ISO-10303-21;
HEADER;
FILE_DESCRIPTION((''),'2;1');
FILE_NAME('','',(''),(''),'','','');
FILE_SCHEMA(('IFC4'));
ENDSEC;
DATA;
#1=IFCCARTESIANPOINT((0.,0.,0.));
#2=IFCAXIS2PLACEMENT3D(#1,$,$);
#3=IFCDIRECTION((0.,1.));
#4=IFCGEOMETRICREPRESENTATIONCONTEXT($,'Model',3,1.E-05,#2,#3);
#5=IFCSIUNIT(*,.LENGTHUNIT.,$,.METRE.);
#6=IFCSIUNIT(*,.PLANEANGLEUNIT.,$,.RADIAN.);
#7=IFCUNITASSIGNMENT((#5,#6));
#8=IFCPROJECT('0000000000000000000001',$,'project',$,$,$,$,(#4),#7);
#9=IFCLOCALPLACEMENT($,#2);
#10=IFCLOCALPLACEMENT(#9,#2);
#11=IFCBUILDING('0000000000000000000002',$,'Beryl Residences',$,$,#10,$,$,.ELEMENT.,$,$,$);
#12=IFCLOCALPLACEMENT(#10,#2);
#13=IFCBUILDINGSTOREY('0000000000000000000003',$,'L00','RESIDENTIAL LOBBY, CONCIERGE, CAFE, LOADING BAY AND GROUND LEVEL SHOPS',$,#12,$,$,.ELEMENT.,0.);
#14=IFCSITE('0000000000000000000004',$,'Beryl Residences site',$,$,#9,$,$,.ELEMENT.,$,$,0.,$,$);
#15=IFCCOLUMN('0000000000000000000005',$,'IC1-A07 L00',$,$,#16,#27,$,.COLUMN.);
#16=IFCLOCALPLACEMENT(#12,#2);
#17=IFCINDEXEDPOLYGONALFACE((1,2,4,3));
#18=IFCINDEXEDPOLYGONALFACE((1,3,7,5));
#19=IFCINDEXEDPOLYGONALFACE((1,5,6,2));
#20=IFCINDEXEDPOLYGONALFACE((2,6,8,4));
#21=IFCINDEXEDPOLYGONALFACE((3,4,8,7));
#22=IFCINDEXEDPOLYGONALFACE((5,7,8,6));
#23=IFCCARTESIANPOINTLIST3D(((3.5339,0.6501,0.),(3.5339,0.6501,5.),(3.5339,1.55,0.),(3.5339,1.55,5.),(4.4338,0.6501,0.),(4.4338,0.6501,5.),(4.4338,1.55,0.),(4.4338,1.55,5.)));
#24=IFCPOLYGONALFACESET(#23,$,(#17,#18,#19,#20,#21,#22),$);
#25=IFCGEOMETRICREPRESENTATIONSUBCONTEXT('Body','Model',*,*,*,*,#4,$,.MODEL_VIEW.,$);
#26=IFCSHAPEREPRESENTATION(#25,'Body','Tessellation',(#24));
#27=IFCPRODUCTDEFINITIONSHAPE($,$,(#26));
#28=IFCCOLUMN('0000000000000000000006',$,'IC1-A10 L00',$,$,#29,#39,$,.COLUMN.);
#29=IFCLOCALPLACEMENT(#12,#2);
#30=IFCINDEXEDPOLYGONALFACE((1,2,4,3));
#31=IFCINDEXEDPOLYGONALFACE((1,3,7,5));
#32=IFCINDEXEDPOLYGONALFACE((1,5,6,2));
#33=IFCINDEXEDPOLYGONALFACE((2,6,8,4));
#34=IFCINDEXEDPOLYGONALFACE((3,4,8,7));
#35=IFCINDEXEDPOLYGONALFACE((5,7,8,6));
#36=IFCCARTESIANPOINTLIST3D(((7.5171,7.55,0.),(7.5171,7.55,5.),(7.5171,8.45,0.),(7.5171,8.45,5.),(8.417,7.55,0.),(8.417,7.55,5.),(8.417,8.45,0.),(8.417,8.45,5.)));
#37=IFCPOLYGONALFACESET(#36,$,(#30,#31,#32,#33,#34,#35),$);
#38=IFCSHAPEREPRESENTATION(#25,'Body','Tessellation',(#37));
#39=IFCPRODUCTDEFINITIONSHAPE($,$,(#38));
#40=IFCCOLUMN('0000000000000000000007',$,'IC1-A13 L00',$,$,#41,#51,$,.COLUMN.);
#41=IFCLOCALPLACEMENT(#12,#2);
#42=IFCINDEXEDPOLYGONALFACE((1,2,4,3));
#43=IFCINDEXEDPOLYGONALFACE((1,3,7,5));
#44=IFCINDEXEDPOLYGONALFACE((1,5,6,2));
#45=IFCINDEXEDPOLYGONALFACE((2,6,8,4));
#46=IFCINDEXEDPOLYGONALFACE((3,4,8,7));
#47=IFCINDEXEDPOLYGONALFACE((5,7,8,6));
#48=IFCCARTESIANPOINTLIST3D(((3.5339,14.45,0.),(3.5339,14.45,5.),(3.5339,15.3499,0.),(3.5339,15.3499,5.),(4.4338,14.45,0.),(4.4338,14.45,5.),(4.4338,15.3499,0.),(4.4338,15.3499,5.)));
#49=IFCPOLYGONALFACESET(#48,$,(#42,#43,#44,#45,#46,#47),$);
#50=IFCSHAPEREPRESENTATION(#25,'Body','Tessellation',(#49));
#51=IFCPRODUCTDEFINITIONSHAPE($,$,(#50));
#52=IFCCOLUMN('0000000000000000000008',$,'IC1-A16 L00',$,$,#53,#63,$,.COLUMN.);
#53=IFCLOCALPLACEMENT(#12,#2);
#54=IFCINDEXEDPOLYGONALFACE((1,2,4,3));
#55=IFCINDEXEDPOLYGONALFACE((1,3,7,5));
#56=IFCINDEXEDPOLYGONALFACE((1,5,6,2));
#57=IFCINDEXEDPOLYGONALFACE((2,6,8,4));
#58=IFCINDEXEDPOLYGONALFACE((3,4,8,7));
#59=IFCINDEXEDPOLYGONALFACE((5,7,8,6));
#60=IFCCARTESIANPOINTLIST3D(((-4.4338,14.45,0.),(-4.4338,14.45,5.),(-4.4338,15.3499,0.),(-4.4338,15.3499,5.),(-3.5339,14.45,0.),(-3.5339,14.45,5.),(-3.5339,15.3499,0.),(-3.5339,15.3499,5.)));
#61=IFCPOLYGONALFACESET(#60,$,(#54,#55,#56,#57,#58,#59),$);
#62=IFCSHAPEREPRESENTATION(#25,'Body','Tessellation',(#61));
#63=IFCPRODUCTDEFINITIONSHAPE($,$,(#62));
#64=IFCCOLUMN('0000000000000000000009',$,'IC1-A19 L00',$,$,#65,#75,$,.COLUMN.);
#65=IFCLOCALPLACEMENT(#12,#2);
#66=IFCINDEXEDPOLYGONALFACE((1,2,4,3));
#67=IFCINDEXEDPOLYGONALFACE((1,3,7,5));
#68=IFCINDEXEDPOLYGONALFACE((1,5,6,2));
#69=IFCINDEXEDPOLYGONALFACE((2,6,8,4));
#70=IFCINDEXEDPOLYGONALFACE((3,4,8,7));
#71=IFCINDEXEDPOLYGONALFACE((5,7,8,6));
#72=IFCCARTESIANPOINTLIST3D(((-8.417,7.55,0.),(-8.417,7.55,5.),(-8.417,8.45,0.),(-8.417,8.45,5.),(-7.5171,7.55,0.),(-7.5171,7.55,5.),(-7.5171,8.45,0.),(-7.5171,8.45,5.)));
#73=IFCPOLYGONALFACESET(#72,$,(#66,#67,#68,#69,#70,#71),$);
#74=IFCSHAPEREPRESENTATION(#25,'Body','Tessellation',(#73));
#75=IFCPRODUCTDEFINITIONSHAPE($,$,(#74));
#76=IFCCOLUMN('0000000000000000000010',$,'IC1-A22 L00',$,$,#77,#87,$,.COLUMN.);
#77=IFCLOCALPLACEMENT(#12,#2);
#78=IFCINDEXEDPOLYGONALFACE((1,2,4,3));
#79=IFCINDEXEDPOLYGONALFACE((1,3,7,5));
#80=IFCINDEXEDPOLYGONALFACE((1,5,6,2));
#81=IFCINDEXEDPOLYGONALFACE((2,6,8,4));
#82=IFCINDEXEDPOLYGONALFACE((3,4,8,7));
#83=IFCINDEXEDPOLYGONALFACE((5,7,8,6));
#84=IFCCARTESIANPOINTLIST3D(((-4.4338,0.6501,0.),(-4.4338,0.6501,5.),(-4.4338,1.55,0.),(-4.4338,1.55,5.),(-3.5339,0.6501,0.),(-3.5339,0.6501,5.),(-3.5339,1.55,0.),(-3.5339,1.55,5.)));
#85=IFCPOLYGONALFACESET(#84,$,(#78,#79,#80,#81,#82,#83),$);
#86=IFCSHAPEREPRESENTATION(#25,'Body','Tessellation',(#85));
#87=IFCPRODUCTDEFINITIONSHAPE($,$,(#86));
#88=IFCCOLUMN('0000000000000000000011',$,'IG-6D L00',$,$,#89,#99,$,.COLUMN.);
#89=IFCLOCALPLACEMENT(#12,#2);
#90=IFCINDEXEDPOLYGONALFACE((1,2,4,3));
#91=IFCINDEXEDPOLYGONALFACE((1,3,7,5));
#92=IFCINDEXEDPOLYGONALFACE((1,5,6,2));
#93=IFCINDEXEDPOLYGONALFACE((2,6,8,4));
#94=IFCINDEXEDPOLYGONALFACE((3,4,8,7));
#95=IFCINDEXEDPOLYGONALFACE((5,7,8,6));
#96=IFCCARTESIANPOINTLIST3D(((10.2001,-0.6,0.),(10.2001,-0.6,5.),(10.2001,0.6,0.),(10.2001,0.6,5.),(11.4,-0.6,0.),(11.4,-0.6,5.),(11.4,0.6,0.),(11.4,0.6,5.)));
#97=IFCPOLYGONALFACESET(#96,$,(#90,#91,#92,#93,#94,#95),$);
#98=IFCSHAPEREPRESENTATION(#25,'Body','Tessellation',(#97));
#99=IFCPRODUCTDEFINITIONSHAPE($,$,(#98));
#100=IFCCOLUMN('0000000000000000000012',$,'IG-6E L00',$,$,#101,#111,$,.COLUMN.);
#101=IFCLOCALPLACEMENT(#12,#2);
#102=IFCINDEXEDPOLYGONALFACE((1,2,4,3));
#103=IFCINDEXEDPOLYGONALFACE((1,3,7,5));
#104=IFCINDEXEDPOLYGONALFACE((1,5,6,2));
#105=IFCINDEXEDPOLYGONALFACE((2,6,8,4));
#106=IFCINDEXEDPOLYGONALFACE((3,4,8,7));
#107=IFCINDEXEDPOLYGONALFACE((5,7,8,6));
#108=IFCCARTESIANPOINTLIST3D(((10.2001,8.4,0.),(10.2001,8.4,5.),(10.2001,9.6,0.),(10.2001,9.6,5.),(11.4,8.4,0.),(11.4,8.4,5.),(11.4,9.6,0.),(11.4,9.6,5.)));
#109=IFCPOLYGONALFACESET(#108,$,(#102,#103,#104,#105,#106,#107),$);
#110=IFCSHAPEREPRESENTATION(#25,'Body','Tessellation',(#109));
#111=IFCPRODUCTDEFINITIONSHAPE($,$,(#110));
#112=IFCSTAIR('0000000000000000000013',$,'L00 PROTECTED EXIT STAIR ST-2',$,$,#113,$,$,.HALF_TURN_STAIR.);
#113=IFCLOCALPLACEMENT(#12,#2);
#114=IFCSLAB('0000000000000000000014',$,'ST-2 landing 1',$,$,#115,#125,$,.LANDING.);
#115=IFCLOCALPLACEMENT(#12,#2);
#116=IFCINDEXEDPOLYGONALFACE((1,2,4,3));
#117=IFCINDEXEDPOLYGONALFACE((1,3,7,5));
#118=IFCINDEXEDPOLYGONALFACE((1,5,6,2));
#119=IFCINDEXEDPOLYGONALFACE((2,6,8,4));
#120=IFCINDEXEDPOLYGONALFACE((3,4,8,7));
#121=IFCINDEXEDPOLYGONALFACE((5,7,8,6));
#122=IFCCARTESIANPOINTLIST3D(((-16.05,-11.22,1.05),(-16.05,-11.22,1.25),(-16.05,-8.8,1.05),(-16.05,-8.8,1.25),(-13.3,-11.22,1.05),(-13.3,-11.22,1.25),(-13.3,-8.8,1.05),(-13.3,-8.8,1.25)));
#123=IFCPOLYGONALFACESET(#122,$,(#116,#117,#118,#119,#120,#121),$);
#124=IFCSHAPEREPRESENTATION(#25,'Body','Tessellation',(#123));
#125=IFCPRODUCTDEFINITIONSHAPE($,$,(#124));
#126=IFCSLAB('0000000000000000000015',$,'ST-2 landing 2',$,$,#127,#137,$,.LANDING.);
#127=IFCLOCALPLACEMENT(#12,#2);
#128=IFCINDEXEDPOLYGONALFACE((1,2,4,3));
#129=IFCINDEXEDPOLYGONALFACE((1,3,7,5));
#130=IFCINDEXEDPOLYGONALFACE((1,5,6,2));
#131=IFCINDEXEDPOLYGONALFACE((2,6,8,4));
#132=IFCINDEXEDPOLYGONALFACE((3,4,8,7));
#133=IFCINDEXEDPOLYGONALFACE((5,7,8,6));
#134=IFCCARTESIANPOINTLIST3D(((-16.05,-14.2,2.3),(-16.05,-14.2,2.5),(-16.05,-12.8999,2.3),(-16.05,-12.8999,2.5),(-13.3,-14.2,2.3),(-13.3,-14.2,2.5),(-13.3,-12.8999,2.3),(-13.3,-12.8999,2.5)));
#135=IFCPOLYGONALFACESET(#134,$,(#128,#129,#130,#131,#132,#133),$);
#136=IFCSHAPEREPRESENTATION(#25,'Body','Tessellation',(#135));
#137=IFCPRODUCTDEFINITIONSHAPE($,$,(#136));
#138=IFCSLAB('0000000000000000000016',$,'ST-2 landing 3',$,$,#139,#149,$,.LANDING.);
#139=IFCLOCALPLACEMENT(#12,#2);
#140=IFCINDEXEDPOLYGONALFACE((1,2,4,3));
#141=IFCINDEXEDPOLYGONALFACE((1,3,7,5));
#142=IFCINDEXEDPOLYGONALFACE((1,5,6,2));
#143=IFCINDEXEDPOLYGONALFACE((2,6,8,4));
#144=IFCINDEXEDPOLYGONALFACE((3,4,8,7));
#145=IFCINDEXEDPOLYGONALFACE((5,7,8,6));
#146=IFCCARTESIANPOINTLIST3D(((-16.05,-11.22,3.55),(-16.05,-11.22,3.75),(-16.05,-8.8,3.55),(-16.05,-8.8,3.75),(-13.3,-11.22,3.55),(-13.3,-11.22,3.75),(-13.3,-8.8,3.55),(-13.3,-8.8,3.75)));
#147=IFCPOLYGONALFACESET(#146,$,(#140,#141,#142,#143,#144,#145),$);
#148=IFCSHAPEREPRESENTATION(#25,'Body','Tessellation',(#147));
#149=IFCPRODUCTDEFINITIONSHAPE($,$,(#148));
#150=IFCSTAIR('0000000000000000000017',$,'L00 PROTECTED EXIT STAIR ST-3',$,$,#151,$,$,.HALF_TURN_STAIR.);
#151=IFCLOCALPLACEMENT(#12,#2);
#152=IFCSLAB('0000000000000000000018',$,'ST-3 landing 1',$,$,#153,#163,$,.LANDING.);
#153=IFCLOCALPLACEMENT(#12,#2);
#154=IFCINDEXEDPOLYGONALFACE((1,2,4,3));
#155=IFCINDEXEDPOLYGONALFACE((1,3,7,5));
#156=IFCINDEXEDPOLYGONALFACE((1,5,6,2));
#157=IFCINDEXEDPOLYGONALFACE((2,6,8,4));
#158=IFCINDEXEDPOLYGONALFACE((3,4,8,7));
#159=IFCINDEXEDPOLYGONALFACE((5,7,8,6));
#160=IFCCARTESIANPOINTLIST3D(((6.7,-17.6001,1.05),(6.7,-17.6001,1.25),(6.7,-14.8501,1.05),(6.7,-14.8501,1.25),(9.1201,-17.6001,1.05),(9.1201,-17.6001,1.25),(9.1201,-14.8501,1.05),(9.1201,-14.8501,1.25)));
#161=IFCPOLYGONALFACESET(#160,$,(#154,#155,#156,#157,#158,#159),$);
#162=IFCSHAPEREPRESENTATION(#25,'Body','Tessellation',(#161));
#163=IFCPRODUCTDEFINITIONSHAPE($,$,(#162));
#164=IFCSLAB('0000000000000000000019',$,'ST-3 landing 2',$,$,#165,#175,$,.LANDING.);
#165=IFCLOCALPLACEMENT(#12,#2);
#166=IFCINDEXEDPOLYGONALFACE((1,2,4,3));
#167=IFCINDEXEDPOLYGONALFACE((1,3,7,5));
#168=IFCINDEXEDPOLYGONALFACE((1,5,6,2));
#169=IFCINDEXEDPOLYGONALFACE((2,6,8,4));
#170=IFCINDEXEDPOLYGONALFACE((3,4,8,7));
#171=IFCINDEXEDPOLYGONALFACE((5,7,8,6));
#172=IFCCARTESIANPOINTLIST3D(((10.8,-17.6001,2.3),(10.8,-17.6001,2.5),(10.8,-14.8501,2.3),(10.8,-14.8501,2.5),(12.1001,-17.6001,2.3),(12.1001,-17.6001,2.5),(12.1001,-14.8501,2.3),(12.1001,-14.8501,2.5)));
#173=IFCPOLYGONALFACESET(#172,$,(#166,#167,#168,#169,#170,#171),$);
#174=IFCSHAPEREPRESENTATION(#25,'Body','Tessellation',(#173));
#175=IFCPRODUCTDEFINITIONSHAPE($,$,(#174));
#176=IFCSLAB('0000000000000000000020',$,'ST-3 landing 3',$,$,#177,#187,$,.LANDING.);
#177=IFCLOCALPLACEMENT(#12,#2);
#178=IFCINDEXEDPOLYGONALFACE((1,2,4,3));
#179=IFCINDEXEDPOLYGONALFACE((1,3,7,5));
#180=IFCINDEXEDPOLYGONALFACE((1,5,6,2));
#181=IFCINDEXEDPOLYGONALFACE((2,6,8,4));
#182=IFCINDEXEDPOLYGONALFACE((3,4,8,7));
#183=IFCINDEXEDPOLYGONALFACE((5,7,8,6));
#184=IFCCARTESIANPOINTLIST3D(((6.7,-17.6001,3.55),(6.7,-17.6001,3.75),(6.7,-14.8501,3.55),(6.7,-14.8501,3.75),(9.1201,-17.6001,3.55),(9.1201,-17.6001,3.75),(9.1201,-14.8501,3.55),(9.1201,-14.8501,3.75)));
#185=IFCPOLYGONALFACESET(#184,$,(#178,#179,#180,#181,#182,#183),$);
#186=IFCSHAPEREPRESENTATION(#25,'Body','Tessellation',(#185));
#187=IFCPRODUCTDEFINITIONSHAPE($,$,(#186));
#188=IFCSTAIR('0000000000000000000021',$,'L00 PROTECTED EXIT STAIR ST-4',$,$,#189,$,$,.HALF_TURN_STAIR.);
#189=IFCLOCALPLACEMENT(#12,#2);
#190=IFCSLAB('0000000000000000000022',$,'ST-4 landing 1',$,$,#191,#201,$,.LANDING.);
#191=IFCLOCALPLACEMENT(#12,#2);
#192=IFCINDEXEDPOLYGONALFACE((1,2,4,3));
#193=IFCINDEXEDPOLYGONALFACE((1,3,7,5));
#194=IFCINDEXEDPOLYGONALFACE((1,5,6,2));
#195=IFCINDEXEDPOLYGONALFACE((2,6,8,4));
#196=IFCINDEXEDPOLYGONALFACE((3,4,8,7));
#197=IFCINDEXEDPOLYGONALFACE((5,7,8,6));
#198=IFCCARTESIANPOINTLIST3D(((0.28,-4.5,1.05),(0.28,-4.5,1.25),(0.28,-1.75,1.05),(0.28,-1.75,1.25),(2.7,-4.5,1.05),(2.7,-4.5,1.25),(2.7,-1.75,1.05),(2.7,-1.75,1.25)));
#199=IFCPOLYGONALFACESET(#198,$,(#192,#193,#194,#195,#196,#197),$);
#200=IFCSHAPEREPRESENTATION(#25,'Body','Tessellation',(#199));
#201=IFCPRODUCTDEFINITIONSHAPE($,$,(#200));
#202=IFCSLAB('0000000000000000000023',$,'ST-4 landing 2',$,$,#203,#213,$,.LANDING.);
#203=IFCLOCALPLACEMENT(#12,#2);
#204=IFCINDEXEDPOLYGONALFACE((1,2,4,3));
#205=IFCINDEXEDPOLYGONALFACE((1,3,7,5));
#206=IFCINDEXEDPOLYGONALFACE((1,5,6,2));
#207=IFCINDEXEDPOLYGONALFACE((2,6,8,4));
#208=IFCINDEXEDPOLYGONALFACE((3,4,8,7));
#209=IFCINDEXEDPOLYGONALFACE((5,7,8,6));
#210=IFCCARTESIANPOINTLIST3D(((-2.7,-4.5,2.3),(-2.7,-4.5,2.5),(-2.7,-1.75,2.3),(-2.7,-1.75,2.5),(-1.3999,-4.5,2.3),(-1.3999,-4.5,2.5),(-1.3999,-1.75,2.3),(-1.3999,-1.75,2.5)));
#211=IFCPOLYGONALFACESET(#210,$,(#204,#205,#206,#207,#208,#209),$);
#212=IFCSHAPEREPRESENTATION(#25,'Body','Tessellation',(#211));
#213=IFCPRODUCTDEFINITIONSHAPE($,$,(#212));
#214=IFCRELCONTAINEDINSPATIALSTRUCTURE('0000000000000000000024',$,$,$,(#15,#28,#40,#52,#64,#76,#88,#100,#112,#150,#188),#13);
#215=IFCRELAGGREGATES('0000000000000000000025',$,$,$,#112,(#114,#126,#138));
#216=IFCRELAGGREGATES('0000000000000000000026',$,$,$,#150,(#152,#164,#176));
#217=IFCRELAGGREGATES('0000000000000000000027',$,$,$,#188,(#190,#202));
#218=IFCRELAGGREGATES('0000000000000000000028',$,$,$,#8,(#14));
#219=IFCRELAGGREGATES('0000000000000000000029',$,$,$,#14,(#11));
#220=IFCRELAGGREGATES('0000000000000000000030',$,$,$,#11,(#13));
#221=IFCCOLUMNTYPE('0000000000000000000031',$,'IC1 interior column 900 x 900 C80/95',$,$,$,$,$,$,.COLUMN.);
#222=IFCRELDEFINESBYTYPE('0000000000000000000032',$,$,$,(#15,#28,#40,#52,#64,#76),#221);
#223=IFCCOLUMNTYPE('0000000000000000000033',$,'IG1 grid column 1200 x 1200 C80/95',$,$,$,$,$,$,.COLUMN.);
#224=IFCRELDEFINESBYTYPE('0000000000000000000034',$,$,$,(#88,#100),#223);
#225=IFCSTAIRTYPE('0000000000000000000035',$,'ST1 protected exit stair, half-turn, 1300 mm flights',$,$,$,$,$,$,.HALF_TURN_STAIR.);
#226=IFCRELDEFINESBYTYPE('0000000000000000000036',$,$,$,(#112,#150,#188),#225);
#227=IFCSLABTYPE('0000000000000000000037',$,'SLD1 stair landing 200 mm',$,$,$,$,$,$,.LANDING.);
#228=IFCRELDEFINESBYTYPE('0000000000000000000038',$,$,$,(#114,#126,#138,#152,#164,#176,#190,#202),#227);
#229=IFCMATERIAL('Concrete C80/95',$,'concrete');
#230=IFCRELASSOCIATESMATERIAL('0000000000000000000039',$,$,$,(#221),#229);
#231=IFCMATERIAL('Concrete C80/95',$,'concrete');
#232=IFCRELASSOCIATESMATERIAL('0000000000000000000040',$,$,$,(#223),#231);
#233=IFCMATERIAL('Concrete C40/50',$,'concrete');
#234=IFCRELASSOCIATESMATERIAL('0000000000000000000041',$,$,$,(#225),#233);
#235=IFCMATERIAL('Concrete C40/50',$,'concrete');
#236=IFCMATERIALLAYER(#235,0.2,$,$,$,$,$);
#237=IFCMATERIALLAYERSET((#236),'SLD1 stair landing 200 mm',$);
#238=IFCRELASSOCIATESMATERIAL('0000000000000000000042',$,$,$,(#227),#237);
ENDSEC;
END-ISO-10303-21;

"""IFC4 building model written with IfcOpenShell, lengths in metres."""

from ifc_helpers import new_model, si_unit, direction, frame, origin, origin_2d, place, context, subcontext, project, spatial, polyline, rectangle, outline, extrude, material, layer, layer_set, material_profile, profile_set, type_object, element, aggregate, save


model = new_model("IFC4")

# Units and contexts
model_context = context("Model", 3, precision=1e-05, world=origin(), true_north=direction((0.0, 1.0)))
body_context = subcontext(model_context, "Body", "Model", "MODEL_VIEW")
ifc_project = project(units=[si_unit("LENGTHUNIT", "METRE"), si_unit("PLANEANGLEUNIT", "RADIAN")], contexts=[model_context])

# Site, building, storey
site_placement = place(None, origin())
site = spatial("IfcSite", under=ifc_project, at=site_placement, Name="Beryl Residences site", CompositionType="ELEMENT", RefElevation=0.0)
building_placement = place(site_placement, origin())
building = spatial("IfcBuilding", under=site, at=building_placement, Name="Beryl Residences", CompositionType="ELEMENT")
storey_placement = place(building_placement, origin())
storey = spatial("IfcBuildingStorey", under=building, at=storey_placement, Name="L00", Description="RESIDENTIAL LOBBY, CONCIERGE, CAFE, LOADING BAY AND GROUND LEVEL SHOPS", CompositionType="ELEMENT", Elevation=0.0)

# Columns
ifc_material_1 = material(Name="Concrete C80/95", Category="concrete")
ifc_material_profile_1 = material_profile(ifc_material_1, rectangle(XDim=0.8999, YDim=0.8999, at=origin_2d()))
ifc_profile_set_1 = profile_set([ifc_material_profile_1], Name="Concrete C80/95")
column_type_1 = type_object("IfcColumnType", Name="IC1 interior column 900 x 900 C80/95", PredefinedType="COLUMN", material=ifc_profile_set_1)
for number, where, z_axis, x_axis, name in (
    (1, (3.9839, 1.1001, 0.0), (0.0, 0.0, 1.0), (1.0, 0.0, 0.0), "IC1-A07 L00"),
    (2, (7.967, 8.0, 0.0), (0.0, 0.0, 1.0), (1.0, 0.0, 0.0), "IC1-A10 L00"),
    (3, (3.9839, 14.8999, 0.0), (0.0, 0.0, 1.0), (1.0, 0.0, 0.0), "IC1-A13 L00"),
    (4, (-3.9839, 14.8999, 0.0), (0.0, 0.0, 1.0), (1.0, 0.0, 0.0), "IC1-A16 L00"),
    (5, (-7.967, 8.0, 0.0), (0.0, 0.0, 1.0), (1.0, 0.0, 0.0), "IC1-A19 L00"),
    (6, (-3.9839, 1.1001, 0.0), (0.0, 0.0, 1.0), (1.0, 0.0, 0.0), "IC1-A22 L00"),
):
    element("IfcColumn", number, at=place(storey_placement, frame(where, z_axis=z_axis, x_axis=x_axis)), inside=storey, type_object=column_type_1, Name=name, PredefinedType="COLUMN", context=body_context, shape_type="SweptSolid", body=[
        extrude(rectangle(XDim=0.8999, YDim=0.8999, at=origin_2d()), origin(), (0.0, 0.0, 1.0), 5.0),
    ])
ifc_material_2 = material(Name="Concrete C80/95", Category="concrete")
ifc_material_profile_2 = material_profile(ifc_material_2, rectangle(XDim=1.2, YDim=1.2, at=origin_2d()))
ifc_profile_set_2 = profile_set([ifc_material_profile_2], Name="Concrete C80/95")
column_type_2 = type_object("IfcColumnType", Name="IG1 grid column 1200 x 1200 C80/95", PredefinedType="COLUMN", material=ifc_profile_set_2)
for number, where, z_axis, x_axis, name in (
    (7, (10.8, 0.0, 0.0), (0.0, 0.0, 1.0), (1.0, 0.0, 0.0), "IG-6D L00"),
    (8, (10.8, 9.0, 0.0), (0.0, 0.0, 1.0), (1.0, 0.0, 0.0), "IG-6E L00"),
):
    element("IfcColumn", number, at=place(storey_placement, frame(where, z_axis=z_axis, x_axis=x_axis)), inside=storey, type_object=column_type_2, Name=name, PredefinedType="COLUMN", context=body_context, shape_type="SweptSolid", body=[
        extrude(rectangle(XDim=1.2, YDim=1.2, at=origin_2d()), origin(), (0.0, 0.0, 1.0), 5.0),
    ])

# Stairs, slabs
ifc_material_3 = material(Name="Concrete C40/50", Category="concrete")
stair_type = type_object("IfcStairType", Name="ST1 protected exit stair, half-turn, 1300 mm flights", PredefinedType="HALF_TURN_STAIR", material=ifc_material_3)
stair_1_placement = place(storey_placement, origin())
stair_1 = element("IfcStair", 9, at=stair_1_placement, inside=storey, type_object=stair_type, Name="L00 PROTECTED EXIT STAIR ST-2", PredefinedType="HALF_TURN_STAIR")
ifc_material_4 = material(Name="Concrete C40/50", Category="concrete")
ifc_layer_1 = layer(ifc_material_4, 0.2)
ifc_layer_set_1 = layer_set([ifc_layer_1], Name="SLD1 stair landing 200 mm")
slab_type = type_object("IfcSlabType", Name="SLD1 stair landing 200 mm", PredefinedType="LANDING", material=ifc_layer_set_1)
slab_1_placement = place(storey_placement, frame((0.0, 0.0, 1.05)))
slab_1 = element("IfcSlab", 10, at=slab_1_placement, type_object=slab_type, Name="ST-2 landing 1", PredefinedType="LANDING", context=body_context, shape_type="SweptSolid", body=[
    extrude(outline(polyline([(-13.3, -11.22), (-13.3, -8.8), (-16.05, -8.8), (-16.05, -11.22), (-13.3, -11.22)])), origin(), (0.0, 0.0, 1.0), 0.2),
])
slab_2_placement = place(storey_placement, frame((0.0, 0.0, 2.3)))
slab_2 = element("IfcSlab", 11, at=slab_2_placement, type_object=slab_type, Name="ST-2 landing 2", PredefinedType="LANDING", context=body_context, shape_type="SweptSolid", body=[
    extrude(outline(polyline([(-13.3, -14.2), (-13.3, -12.8999), (-16.05, -12.8999), (-16.05, -14.2), (-13.3, -14.2)])), origin(), (0.0, 0.0, 1.0), 0.2),
])
slab_3_placement = place(storey_placement, frame((0.0, 0.0, 3.55)))
slab_3 = element("IfcSlab", 12, at=slab_3_placement, type_object=slab_type, Name="ST-2 landing 3", PredefinedType="LANDING", context=body_context, shape_type="SweptSolid", body=[
    extrude(outline(polyline([(-13.3, -11.22), (-13.3, -8.8), (-16.05, -8.8), (-16.05, -11.22), (-13.3, -11.22)])), origin(), (0.0, 0.0, 1.0), 0.2),
])
aggregate(stair_1, [slab_1, slab_2, slab_3])
stair_2_placement = place(storey_placement, origin())
stair_2 = element("IfcStair", 13, at=stair_2_placement, inside=storey, type_object=stair_type, Name="L00 PROTECTED EXIT STAIR ST-3", PredefinedType="HALF_TURN_STAIR")
slab_4_placement = place(storey_placement, frame((0.0, 0.0, 1.05)))
slab_4 = element("IfcSlab", 14, at=slab_4_placement, type_object=slab_type, Name="ST-3 landing 1", PredefinedType="LANDING", context=body_context, shape_type="SweptSolid", body=[
    extrude(outline(polyline([(9.1201, -14.8501), (6.7, -14.8501), (6.7, -17.6001), (9.1201, -17.6001), (9.1201, -14.8501)])), origin(), (0.0, 0.0, 1.0), 0.2),
])
slab_5_placement = place(storey_placement, frame((0.0, 0.0, 2.3)))
slab_5 = element("IfcSlab", 15, at=slab_5_placement, type_object=slab_type, Name="ST-3 landing 2", PredefinedType="LANDING", context=body_context, shape_type="SweptSolid", body=[
    extrude(outline(polyline([(12.1001, -14.8501), (10.8, -14.8501), (10.8, -17.6001), (12.1001, -17.6001), (12.1001, -14.8501)])), origin(), (0.0, 0.0, 1.0), 0.2),
])
slab_6_placement = place(storey_placement, frame((0.0, 0.0, 3.55)))
slab_6 = element("IfcSlab", 16, at=slab_6_placement, type_object=slab_type, Name="ST-3 landing 3", PredefinedType="LANDING", context=body_context, shape_type="SweptSolid", body=[
    extrude(outline(polyline([(9.1201, -14.8501), (6.7, -14.8501), (6.7, -17.6001), (9.1201, -17.6001), (9.1201, -14.8501)])), origin(), (0.0, 0.0, 1.0), 0.2),
])
aggregate(stair_2, [slab_4, slab_5, slab_6])
stair_3_placement = place(storey_placement, origin())
stair_3 = element("IfcStair", 17, at=stair_3_placement, inside=storey, type_object=stair_type, Name="L00 PROTECTED EXIT STAIR ST-4", PredefinedType="HALF_TURN_STAIR")
slab_7_placement = place(storey_placement, frame((0.0, 0.0, 1.05)))
slab_7 = element("IfcSlab", 18, at=slab_7_placement, type_object=slab_type, Name="ST-4 landing 1", PredefinedType="LANDING", context=body_context, shape_type="SweptSolid", body=[
    extrude(outline(polyline([(0.28, -4.5), (2.7, -4.5), (2.7, -1.75), (0.28, -1.75), (0.28, -4.5)])), origin(), (0.0, 0.0, 1.0), 0.2),
])
slab_8_placement = place(storey_placement, frame((0.0, 0.0, 2.3)))
slab_8 = element("IfcSlab", 19, at=slab_8_placement, type_object=slab_type, Name="ST-4 landing 2", PredefinedType="LANDING", context=body_context, shape_type="SweptSolid", body=[
    extrude(outline(polyline([(-2.7, -4.5), (-1.3999, -4.5), (-1.3999, -1.75), (-2.7, -1.75), (-2.7, -4.5)])), origin(), (0.0, 0.0, 1.0), 0.2),
])
aggregate(stair_3, [slab_7, slab_8])

save(model, "model.ifc")
